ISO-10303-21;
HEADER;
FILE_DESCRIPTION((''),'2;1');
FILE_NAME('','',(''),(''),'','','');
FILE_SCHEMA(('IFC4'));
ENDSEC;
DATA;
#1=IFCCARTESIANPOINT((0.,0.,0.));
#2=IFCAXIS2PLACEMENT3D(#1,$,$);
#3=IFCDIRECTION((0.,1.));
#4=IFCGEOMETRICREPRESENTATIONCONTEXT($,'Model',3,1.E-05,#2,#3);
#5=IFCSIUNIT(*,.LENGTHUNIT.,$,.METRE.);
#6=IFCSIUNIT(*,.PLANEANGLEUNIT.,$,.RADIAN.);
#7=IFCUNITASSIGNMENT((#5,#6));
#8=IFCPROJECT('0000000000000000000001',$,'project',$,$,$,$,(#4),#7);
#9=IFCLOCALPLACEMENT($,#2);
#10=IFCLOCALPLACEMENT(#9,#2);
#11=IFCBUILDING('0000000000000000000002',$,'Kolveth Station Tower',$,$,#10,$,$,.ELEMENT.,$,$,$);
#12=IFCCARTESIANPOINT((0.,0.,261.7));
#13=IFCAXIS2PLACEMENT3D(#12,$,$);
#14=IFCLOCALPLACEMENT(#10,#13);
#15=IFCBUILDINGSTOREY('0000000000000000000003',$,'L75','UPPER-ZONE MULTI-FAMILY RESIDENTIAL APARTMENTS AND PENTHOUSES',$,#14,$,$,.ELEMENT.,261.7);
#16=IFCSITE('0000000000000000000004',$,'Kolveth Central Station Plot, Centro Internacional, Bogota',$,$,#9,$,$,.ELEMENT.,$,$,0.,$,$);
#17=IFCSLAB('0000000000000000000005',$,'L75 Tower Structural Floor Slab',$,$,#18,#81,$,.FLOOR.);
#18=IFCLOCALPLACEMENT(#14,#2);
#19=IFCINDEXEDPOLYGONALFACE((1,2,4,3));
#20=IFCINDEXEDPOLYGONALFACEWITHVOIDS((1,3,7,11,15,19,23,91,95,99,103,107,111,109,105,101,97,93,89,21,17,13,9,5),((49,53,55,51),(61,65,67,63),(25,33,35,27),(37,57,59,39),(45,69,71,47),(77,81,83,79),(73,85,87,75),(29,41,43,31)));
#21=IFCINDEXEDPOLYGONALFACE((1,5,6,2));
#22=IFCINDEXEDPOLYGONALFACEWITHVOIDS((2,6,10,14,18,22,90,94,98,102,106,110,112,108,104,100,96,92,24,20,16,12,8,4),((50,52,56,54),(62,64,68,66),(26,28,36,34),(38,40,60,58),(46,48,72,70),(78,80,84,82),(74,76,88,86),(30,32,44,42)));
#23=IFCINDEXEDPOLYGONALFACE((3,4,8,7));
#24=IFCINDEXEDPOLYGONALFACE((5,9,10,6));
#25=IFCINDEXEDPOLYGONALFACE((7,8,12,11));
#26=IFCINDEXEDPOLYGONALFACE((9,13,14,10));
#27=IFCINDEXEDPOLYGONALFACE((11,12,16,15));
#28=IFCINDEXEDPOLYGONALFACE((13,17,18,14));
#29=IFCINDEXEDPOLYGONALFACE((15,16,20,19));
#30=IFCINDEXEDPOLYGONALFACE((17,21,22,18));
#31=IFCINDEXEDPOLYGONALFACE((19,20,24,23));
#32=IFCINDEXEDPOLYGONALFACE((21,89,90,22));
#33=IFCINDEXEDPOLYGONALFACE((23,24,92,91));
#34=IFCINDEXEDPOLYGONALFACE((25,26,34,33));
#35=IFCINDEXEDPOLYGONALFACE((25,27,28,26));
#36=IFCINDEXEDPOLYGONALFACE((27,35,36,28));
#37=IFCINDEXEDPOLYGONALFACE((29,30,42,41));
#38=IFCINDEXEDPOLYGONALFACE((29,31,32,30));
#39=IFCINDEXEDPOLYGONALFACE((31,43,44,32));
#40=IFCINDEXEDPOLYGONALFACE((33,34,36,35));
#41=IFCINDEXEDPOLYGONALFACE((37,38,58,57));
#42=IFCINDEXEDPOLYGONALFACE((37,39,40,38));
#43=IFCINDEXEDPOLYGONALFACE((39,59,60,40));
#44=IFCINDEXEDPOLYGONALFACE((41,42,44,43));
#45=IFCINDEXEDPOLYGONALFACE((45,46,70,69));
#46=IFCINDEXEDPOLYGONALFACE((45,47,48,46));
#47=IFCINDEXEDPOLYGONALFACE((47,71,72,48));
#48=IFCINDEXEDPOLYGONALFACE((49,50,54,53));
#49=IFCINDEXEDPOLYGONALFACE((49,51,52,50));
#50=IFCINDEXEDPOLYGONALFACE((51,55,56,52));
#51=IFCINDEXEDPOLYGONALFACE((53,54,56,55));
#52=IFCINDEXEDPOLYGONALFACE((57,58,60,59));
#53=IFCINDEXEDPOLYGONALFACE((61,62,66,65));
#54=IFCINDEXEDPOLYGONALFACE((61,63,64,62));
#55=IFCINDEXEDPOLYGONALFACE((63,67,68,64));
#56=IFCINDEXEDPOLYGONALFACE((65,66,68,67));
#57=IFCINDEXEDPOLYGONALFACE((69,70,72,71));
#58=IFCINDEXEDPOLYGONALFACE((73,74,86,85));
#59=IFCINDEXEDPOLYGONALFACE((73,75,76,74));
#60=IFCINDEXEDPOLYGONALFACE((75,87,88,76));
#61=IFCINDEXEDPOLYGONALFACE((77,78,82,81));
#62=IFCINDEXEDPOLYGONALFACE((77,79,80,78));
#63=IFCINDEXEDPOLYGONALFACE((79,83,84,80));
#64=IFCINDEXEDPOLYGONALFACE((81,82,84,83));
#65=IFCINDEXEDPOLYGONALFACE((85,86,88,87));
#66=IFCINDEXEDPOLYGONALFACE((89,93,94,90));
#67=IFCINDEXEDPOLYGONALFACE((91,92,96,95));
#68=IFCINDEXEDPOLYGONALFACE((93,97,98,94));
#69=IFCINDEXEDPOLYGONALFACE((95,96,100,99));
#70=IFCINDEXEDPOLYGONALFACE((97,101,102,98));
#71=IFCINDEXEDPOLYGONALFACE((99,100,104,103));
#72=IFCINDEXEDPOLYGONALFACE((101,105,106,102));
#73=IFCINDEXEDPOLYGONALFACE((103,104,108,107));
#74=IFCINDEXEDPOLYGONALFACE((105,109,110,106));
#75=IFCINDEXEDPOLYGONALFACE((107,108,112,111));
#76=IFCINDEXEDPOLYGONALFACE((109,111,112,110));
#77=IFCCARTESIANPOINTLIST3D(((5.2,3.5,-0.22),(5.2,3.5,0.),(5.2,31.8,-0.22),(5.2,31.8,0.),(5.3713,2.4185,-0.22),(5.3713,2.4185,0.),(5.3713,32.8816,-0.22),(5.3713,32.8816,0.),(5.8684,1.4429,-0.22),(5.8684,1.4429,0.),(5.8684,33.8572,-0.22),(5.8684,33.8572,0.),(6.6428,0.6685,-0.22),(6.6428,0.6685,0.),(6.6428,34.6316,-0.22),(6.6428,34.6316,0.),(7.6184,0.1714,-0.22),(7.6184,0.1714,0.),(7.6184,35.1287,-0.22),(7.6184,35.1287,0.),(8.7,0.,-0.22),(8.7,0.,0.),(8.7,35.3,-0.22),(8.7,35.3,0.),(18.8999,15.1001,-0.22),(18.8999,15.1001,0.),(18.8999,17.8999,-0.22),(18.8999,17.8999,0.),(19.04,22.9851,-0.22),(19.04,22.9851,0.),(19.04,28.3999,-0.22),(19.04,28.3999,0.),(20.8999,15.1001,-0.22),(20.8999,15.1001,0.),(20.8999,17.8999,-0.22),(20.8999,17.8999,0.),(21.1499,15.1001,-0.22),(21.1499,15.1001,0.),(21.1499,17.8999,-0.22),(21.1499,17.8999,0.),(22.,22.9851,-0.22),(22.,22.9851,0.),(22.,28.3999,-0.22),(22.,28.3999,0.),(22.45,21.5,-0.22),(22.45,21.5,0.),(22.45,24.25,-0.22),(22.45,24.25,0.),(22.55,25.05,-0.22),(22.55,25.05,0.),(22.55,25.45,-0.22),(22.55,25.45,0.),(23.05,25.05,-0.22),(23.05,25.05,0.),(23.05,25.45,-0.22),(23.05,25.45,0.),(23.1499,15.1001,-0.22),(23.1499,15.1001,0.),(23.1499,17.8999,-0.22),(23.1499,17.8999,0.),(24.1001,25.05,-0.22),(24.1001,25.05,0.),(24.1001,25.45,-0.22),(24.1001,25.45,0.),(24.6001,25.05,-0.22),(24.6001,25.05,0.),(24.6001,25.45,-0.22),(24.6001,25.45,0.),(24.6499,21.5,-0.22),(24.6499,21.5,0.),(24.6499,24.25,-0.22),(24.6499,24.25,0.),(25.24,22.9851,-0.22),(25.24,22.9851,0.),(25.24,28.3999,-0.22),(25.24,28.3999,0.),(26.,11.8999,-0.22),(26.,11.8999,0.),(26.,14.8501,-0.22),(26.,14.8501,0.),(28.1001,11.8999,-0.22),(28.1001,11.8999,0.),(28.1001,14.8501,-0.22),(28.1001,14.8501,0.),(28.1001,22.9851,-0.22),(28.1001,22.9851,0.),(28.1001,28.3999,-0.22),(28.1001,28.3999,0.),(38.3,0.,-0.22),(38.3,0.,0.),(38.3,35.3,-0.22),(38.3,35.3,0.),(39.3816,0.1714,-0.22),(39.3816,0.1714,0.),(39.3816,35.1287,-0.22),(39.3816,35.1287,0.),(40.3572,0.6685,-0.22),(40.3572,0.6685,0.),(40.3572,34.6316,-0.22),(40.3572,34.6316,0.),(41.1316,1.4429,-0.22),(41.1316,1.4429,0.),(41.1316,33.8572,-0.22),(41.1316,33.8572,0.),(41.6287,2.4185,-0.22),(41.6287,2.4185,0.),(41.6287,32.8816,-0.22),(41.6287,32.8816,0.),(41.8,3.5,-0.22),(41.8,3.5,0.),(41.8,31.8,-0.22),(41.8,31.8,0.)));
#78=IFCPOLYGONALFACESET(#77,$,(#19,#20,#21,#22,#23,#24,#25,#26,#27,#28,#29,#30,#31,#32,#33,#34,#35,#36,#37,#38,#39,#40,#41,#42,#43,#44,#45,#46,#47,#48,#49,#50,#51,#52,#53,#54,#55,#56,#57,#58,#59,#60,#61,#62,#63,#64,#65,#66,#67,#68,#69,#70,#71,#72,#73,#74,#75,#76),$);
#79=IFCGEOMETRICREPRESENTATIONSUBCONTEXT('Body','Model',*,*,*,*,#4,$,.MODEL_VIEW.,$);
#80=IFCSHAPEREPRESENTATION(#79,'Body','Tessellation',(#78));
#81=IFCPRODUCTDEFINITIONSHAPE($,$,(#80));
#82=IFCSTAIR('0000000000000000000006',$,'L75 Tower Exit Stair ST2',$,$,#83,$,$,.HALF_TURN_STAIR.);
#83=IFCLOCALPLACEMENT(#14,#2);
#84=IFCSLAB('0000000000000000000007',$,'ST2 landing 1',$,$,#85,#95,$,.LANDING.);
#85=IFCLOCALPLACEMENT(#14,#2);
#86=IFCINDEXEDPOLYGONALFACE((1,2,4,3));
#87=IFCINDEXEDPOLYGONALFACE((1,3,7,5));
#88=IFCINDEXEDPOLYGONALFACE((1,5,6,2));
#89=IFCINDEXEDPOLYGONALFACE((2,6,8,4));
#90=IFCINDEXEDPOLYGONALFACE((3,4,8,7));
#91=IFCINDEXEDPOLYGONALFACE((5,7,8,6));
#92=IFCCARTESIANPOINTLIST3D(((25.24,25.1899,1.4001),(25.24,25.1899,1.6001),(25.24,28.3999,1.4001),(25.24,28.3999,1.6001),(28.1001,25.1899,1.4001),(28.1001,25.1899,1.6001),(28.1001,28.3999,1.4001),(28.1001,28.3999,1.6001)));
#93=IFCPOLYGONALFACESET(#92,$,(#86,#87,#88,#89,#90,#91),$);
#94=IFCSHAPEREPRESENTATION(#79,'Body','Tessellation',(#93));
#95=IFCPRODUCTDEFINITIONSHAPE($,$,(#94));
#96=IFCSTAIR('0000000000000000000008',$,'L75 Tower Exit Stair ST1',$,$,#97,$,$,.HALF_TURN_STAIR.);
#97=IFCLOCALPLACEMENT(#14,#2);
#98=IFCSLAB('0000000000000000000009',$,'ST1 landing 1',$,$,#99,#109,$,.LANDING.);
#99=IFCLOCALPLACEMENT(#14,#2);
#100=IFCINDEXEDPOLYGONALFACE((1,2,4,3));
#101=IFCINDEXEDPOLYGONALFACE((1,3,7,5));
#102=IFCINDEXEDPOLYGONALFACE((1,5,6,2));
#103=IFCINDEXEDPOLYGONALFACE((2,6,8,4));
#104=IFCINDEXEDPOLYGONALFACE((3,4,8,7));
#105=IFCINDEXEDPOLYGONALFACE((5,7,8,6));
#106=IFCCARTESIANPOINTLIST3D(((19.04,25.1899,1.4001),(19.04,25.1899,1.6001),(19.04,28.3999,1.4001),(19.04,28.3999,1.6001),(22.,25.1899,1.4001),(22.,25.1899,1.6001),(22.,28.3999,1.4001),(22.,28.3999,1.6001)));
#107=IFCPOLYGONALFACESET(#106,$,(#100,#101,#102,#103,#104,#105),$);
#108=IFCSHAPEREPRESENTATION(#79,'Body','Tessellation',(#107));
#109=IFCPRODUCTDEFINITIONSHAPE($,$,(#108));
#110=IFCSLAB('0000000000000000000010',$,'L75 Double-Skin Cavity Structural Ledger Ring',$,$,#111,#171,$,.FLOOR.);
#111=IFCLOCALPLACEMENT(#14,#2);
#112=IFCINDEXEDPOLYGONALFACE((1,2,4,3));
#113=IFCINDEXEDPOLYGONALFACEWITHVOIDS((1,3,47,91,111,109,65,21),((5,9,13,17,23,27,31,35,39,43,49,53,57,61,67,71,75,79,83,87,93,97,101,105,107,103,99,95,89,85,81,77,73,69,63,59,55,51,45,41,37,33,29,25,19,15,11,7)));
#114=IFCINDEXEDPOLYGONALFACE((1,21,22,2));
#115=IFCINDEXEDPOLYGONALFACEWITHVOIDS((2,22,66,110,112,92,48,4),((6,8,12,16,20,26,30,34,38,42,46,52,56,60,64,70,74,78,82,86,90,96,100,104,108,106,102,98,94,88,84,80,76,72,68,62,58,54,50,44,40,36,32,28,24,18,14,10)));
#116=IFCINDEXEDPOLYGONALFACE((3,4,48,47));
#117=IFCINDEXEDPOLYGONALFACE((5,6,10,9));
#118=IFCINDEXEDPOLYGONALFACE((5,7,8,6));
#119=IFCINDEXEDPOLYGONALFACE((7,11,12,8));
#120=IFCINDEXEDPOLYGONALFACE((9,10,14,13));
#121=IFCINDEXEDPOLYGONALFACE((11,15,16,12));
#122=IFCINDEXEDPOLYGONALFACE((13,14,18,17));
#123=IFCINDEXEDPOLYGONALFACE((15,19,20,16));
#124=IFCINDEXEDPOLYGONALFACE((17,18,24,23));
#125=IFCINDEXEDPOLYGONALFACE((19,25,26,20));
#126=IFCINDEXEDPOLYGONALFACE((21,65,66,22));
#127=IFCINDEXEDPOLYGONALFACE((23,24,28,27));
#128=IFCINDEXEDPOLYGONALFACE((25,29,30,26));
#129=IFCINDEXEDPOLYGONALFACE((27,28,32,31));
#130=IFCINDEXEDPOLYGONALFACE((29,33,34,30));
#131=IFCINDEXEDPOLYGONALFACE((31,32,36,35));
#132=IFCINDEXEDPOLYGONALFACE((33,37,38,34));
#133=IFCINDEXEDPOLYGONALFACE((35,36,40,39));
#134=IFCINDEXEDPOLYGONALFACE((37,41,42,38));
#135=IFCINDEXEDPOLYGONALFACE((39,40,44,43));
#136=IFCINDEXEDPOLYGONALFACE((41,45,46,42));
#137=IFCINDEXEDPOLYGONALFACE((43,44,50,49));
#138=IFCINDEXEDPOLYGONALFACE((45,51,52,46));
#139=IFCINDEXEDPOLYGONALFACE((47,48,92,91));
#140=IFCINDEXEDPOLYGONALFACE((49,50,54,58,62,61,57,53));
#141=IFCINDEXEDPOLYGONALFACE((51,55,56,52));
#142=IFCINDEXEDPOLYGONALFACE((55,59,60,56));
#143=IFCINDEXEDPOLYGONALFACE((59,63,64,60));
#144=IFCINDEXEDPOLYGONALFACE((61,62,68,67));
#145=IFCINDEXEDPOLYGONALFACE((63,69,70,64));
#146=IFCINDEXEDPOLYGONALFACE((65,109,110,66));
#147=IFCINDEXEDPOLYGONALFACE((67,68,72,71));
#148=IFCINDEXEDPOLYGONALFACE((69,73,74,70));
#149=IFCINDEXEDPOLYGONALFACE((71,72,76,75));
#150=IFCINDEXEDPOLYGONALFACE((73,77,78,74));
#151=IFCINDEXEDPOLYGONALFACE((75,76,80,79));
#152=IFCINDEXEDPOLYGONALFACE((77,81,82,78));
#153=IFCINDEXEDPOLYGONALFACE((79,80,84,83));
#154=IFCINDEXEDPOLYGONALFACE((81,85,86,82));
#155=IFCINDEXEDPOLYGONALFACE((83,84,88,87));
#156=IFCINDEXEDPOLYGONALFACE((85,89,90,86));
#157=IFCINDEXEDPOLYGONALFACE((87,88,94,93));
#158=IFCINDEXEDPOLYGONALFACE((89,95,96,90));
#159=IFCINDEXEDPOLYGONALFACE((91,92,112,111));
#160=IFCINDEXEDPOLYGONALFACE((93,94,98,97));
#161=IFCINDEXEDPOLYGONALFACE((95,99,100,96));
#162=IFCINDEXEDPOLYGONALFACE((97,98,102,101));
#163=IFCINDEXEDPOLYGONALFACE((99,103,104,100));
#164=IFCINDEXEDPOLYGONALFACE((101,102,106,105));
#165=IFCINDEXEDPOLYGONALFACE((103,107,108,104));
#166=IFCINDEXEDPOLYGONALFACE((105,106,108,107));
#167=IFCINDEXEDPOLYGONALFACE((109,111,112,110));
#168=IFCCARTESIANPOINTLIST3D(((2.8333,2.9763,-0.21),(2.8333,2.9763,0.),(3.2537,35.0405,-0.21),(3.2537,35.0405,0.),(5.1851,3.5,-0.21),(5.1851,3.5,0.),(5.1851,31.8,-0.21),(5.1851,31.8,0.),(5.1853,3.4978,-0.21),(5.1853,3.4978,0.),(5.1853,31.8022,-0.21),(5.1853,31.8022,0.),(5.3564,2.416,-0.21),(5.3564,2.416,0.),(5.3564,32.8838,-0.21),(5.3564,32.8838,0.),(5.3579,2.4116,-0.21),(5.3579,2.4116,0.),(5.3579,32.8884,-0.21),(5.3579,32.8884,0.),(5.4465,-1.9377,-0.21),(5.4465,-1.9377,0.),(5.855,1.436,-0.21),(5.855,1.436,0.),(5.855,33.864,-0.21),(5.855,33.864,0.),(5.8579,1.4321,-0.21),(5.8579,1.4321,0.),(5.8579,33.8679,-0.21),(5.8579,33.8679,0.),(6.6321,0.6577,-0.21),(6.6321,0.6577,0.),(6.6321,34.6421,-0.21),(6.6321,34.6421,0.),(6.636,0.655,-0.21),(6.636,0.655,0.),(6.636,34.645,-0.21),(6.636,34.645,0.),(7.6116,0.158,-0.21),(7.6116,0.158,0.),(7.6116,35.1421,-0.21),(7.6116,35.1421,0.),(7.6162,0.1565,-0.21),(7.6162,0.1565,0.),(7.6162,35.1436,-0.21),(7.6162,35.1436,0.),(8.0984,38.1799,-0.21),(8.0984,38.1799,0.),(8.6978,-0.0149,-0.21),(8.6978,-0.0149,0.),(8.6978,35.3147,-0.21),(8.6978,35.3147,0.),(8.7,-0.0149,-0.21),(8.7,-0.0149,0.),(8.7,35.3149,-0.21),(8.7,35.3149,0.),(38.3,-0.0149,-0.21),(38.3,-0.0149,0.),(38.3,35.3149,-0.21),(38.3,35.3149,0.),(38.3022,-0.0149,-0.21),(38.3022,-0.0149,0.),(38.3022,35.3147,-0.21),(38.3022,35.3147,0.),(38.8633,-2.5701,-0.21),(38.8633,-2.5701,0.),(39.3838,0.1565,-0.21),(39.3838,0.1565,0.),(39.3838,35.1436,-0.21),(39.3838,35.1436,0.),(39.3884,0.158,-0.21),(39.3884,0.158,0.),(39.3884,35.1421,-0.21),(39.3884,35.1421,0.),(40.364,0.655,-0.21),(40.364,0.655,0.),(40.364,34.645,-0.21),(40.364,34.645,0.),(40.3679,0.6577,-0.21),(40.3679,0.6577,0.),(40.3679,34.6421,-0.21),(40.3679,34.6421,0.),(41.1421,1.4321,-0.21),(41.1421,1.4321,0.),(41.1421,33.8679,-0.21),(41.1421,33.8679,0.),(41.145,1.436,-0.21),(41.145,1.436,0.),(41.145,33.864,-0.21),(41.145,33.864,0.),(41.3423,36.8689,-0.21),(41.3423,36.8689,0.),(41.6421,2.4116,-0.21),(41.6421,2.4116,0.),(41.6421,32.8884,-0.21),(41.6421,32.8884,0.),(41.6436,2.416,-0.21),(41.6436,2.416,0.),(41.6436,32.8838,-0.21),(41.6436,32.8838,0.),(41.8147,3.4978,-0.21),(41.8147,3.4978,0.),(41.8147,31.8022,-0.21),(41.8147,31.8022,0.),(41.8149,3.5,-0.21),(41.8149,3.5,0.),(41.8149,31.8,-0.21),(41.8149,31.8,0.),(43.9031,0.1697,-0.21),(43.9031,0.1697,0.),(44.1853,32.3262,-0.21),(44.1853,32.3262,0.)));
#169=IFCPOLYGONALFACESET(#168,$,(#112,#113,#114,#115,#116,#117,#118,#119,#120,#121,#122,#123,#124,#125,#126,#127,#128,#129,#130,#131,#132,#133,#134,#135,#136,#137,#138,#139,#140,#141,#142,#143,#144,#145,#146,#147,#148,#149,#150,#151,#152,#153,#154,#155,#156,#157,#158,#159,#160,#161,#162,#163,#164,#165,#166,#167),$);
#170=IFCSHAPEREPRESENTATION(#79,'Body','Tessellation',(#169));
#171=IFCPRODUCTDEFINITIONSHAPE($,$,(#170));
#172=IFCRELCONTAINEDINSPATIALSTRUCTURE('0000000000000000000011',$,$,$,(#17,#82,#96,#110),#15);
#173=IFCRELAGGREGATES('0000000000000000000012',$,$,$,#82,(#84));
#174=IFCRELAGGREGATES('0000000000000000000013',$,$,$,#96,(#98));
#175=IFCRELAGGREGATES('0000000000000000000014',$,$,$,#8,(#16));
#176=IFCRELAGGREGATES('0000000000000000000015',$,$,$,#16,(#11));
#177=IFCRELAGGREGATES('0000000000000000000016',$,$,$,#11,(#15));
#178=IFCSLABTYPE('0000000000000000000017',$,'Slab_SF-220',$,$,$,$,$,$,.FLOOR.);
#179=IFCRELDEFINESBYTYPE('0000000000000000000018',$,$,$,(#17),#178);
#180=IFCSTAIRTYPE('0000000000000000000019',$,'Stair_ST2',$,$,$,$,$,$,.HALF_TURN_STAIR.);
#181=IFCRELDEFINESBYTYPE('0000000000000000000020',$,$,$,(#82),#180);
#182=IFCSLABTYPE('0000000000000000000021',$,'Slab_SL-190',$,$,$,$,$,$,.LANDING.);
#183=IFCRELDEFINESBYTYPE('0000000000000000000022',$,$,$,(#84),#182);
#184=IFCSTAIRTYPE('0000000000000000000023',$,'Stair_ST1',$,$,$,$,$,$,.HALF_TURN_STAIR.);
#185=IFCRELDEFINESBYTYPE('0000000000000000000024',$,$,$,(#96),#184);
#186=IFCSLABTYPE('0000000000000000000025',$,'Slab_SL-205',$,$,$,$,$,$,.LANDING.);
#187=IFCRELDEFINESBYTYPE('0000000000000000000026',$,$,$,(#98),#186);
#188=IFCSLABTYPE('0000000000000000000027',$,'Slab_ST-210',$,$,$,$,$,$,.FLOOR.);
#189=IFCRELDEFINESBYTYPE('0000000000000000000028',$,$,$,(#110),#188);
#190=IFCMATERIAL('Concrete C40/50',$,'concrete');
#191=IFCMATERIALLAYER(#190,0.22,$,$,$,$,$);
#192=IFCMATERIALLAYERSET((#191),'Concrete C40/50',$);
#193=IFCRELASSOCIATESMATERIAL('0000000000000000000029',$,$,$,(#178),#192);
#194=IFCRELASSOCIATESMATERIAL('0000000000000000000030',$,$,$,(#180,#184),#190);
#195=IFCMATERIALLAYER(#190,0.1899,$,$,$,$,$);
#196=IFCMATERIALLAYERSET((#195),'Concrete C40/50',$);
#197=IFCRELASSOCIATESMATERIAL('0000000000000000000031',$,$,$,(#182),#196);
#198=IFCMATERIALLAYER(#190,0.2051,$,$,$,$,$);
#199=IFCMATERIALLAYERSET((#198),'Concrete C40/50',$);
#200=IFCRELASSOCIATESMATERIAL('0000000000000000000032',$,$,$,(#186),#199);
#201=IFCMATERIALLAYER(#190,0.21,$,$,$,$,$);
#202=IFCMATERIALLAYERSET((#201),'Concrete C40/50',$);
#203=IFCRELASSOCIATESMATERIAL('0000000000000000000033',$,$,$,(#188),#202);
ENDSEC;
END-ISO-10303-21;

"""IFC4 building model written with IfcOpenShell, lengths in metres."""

from ifc_helpers import new_model, si_unit, direction, frame, origin, place, context, subcontext, project, spatial, polyline, outline, extrude, material, layer, layer_set, type_object, element, aggregate, save


model = new_model("IFC4")

# Units and contexts
model_context = context("Model", 3, precision=1e-05, world=origin(), true_north=direction((0.0, 1.0)))
body_context = subcontext(model_context, "Body", "Model", "MODEL_VIEW")
ifc_project = project(units=[si_unit("LENGTHUNIT", "METRE"), si_unit("PLANEANGLEUNIT", "RADIAN")], contexts=[model_context])

# Site, building, storey
site_placement = place(None, origin())
site = spatial("IfcSite", under=ifc_project, at=site_placement, Name="Kolveth Central Station Plot, Centro Internacional, Bogota", CompositionType="ELEMENT", RefElevation=0.0)
building_placement = place(site_placement, origin())
building = spatial("IfcBuilding", under=site, at=building_placement, Name="Kolveth Station Tower", CompositionType="ELEMENT")
storey_placement = place(building_placement, frame((0.0, 0.0, 261.7)))
storey = spatial("IfcBuildingStorey", under=building, at=storey_placement, Name="L75", Description="UPPER-ZONE MULTI-FAMILY RESIDENTIAL APARTMENTS AND PENTHOUSES", CompositionType="ELEMENT", Elevation=261.7)

# Slab
ifc_material_1 = material(Name="Concrete C40/50", Category="concrete")
ifc_layer_1 = layer(ifc_material_1, 0.22)
ifc_layer_set_1 = layer_set([ifc_layer_1], Name="Concrete C40/50")
slab_type_1 = type_object("IfcSlabType", Name="Slab_SF-220", PredefinedType="FLOOR", material=ifc_layer_set_1)
slab_1_placement = place(storey_placement, frame((0.0, 0.0, -0.22)))
element("IfcSlab", 1, at=slab_1_placement, inside=storey, type_object=slab_type_1, Name="L75 Tower Structural Floor Slab", PredefinedType="FLOOR", context=body_context, shape_type="SweptSolid", body=[
    extrude(outline(polyline([(38.3, 0.0), (39.3816, 0.1714), (40.3572, 0.6685), (41.1316, 1.4429), (41.6287, 2.4185), (41.8, 3.5), (41.8, 31.8), (41.6287, 32.8816), (41.1316, 33.8572), (40.3572, 34.6316), (39.3816, 35.1287), (38.3, 35.3), (8.7, 35.3), (7.6184, 35.1287), (6.6428, 34.6316), (5.8684, 33.8572), (5.3713, 32.8816), (5.2, 31.8), (5.2, 3.5), (5.3713, 2.4185), (5.8684, 1.4429), (6.6428, 0.6685), (7.6184, 0.1714), (8.7, 0.0), (38.3, 0.0)]), holes=[polyline([(19.04, 22.9851), (22.0, 22.9851), (22.0, 28.3999), (19.04, 28.3999), (19.04, 22.9851)]), polyline([(25.24, 22.9851), (28.1001, 22.9851), (28.1001, 28.3999), (25.24, 28.3999), (25.24, 22.9851)]), polyline([(18.8999, 15.1001), (20.8999, 15.1001), (20.8999, 17.8999), (18.8999, 17.8999), (18.8999, 15.1001)]), polyline([(21.1499, 15.1001), (23.1499, 15.1001), (23.1499, 17.8999), (21.1499, 17.8999), (21.1499, 15.1001)]), polyline([(22.45, 21.5), (24.6499, 21.5), (24.6499, 24.25), (22.45, 24.25), (22.45, 21.5)]), polyline([(26.0, 11.8999), (28.1001, 11.8999), (28.1001, 14.8501), (26.0, 14.8501), (26.0, 11.8999)]), polyline([(22.55, 25.05), (23.05, 25.05), (23.05, 25.45), (22.55, 25.45), (22.55, 25.05)]), polyline([(24.1001, 25.05), (24.6001, 25.05), (24.6001, 25.45), (24.1001, 25.45), (24.1001, 25.05)])]), origin(), (0.0, 0.0, 1.0), 0.22),
])

# Stairs, slabs
stair_type_1 = type_object("IfcStairType", Name="Stair_ST2", PredefinedType="HALF_TURN_STAIR", material=ifc_material_1)
stair_1_placement = place(storey_placement, origin())
stair_1 = element("IfcStair", 2, at=stair_1_placement, inside=storey, type_object=stair_type_1, Name="L75 Tower Exit Stair ST2", PredefinedType="HALF_TURN_STAIR")
ifc_layer_2 = layer(ifc_material_1, 0.1899)
ifc_layer_set_2 = layer_set([ifc_layer_2], Name="Concrete C40/50")
slab_type_2 = type_object("IfcSlabType", Name="Slab_SL-190", PredefinedType="LANDING", material=ifc_layer_set_2)
slab_2_placement = place(storey_placement, frame((0.0, 0.0, 1.4001)))
slab_2 = element("IfcSlab", 3, at=slab_2_placement, type_object=slab_type_2, Name="ST2 landing 1", PredefinedType="LANDING", context=body_context, shape_type="SweptSolid", body=[
    extrude(outline(polyline([(28.1001, 25.1899), (28.1001, 28.3999), (25.24, 28.3999), (25.24, 25.1899), (28.1001, 25.1899)])), origin(), (0.0, 0.0, 1.0), 0.2),
])
aggregate(stair_1, [slab_2])
stair_type_2 = type_object("IfcStairType", Name="Stair_ST1", PredefinedType="HALF_TURN_STAIR", material=ifc_material_1)
stair_2_placement = place(storey_placement, origin())
stair_2 = element("IfcStair", 4, at=stair_2_placement, inside=storey, type_object=stair_type_2, Name="L75 Tower Exit Stair ST1", PredefinedType="HALF_TURN_STAIR")
ifc_layer_3 = layer(ifc_material_1, 0.2051)
ifc_layer_set_3 = layer_set([ifc_layer_3], Name="Concrete C40/50")
slab_type_3 = type_object("IfcSlabType", Name="Slab_SL-205", PredefinedType="LANDING", material=ifc_layer_set_3)
slab_3_placement = place(storey_placement, frame((0.0, 0.0, 1.4001)))
slab_3 = element("IfcSlab", 5, at=slab_3_placement, type_object=slab_type_3, Name="ST1 landing 1", PredefinedType="LANDING", context=body_context, shape_type="SweptSolid", body=[
    extrude(outline(polyline([(22.0, 25.1899), (22.0, 28.3999), (19.04, 28.3999), (19.04, 25.1899), (22.0, 25.1899)])), origin(), (0.0, 0.0, 1.0), 0.2),
])
aggregate(stair_2, [slab_3])

# Slab
ifc_layer_4 = layer(ifc_material_1, 0.21)
ifc_layer_set_4 = layer_set([ifc_layer_4], Name="Concrete C40/50")
slab_type_4 = type_object("IfcSlabType", Name="Slab_ST-210", PredefinedType="FLOOR", material=ifc_layer_set_4)
slab_4_placement = place(storey_placement, frame((0.0, 0.0, -0.21)))
element("IfcSlab", 6, at=slab_4_placement, inside=storey, type_object=slab_type_4, Name="L75 Double-Skin Cavity Structural Ledger Ring", PredefinedType="FLOOR", context=body_context, shape_type="SweptSolid", body=[
    extrude(outline(polyline([(5.4465, -1.9377), (2.8333, 2.9763), (3.2537, 35.0405), (8.0984, 38.1799), (41.3423, 36.8689), (44.1853, 32.3262), (43.9031, 0.1697), (38.8633, -2.5701), (5.4465, -1.9377)]), holes=[polyline([(38.3022, -0.0149), (39.3838, 0.1565), (39.3884, 0.158), (40.364, 0.655), (40.3679, 0.6577), (41.1421, 1.4321), (41.145, 1.436), (41.6421, 2.4116), (41.6436, 2.416), (41.8147, 3.4978), (41.8149, 3.5), (41.8149, 31.8), (41.8147, 31.8022), (41.6436, 32.8838), (41.6421, 32.8884), (41.145, 33.864), (41.1421, 33.8679), (40.3679, 34.6421), (40.364, 34.645), (39.3884, 35.1421), (39.3838, 35.1436), (38.3022, 35.3147), (38.3, 35.3149), (8.7, 35.3149), (8.6978, 35.3147), (7.6162, 35.1436), (7.6116, 35.1421), (6.636, 34.645), (6.6321, 34.6421), (5.8579, 33.8679), (5.855, 33.864), (5.3579, 32.8884), (5.3564, 32.8838), (5.1853, 31.8022), (5.1851, 31.8), (5.1851, 3.5), (5.1853, 3.4978), (5.3564, 2.416), (5.3579, 2.4116), (5.855, 1.436), (5.8579, 1.4321), (6.6321, 0.6577), (6.636, 0.655), (7.6116, 0.158), (7.6162, 0.1565), (8.6978, -0.0149), (8.7, -0.0149), (38.3, -0.0149), (38.3022, -0.0149)])]), origin(), (0.0, 0.0, 1.0), 0.21),
])

save(model, "model.ifc")
